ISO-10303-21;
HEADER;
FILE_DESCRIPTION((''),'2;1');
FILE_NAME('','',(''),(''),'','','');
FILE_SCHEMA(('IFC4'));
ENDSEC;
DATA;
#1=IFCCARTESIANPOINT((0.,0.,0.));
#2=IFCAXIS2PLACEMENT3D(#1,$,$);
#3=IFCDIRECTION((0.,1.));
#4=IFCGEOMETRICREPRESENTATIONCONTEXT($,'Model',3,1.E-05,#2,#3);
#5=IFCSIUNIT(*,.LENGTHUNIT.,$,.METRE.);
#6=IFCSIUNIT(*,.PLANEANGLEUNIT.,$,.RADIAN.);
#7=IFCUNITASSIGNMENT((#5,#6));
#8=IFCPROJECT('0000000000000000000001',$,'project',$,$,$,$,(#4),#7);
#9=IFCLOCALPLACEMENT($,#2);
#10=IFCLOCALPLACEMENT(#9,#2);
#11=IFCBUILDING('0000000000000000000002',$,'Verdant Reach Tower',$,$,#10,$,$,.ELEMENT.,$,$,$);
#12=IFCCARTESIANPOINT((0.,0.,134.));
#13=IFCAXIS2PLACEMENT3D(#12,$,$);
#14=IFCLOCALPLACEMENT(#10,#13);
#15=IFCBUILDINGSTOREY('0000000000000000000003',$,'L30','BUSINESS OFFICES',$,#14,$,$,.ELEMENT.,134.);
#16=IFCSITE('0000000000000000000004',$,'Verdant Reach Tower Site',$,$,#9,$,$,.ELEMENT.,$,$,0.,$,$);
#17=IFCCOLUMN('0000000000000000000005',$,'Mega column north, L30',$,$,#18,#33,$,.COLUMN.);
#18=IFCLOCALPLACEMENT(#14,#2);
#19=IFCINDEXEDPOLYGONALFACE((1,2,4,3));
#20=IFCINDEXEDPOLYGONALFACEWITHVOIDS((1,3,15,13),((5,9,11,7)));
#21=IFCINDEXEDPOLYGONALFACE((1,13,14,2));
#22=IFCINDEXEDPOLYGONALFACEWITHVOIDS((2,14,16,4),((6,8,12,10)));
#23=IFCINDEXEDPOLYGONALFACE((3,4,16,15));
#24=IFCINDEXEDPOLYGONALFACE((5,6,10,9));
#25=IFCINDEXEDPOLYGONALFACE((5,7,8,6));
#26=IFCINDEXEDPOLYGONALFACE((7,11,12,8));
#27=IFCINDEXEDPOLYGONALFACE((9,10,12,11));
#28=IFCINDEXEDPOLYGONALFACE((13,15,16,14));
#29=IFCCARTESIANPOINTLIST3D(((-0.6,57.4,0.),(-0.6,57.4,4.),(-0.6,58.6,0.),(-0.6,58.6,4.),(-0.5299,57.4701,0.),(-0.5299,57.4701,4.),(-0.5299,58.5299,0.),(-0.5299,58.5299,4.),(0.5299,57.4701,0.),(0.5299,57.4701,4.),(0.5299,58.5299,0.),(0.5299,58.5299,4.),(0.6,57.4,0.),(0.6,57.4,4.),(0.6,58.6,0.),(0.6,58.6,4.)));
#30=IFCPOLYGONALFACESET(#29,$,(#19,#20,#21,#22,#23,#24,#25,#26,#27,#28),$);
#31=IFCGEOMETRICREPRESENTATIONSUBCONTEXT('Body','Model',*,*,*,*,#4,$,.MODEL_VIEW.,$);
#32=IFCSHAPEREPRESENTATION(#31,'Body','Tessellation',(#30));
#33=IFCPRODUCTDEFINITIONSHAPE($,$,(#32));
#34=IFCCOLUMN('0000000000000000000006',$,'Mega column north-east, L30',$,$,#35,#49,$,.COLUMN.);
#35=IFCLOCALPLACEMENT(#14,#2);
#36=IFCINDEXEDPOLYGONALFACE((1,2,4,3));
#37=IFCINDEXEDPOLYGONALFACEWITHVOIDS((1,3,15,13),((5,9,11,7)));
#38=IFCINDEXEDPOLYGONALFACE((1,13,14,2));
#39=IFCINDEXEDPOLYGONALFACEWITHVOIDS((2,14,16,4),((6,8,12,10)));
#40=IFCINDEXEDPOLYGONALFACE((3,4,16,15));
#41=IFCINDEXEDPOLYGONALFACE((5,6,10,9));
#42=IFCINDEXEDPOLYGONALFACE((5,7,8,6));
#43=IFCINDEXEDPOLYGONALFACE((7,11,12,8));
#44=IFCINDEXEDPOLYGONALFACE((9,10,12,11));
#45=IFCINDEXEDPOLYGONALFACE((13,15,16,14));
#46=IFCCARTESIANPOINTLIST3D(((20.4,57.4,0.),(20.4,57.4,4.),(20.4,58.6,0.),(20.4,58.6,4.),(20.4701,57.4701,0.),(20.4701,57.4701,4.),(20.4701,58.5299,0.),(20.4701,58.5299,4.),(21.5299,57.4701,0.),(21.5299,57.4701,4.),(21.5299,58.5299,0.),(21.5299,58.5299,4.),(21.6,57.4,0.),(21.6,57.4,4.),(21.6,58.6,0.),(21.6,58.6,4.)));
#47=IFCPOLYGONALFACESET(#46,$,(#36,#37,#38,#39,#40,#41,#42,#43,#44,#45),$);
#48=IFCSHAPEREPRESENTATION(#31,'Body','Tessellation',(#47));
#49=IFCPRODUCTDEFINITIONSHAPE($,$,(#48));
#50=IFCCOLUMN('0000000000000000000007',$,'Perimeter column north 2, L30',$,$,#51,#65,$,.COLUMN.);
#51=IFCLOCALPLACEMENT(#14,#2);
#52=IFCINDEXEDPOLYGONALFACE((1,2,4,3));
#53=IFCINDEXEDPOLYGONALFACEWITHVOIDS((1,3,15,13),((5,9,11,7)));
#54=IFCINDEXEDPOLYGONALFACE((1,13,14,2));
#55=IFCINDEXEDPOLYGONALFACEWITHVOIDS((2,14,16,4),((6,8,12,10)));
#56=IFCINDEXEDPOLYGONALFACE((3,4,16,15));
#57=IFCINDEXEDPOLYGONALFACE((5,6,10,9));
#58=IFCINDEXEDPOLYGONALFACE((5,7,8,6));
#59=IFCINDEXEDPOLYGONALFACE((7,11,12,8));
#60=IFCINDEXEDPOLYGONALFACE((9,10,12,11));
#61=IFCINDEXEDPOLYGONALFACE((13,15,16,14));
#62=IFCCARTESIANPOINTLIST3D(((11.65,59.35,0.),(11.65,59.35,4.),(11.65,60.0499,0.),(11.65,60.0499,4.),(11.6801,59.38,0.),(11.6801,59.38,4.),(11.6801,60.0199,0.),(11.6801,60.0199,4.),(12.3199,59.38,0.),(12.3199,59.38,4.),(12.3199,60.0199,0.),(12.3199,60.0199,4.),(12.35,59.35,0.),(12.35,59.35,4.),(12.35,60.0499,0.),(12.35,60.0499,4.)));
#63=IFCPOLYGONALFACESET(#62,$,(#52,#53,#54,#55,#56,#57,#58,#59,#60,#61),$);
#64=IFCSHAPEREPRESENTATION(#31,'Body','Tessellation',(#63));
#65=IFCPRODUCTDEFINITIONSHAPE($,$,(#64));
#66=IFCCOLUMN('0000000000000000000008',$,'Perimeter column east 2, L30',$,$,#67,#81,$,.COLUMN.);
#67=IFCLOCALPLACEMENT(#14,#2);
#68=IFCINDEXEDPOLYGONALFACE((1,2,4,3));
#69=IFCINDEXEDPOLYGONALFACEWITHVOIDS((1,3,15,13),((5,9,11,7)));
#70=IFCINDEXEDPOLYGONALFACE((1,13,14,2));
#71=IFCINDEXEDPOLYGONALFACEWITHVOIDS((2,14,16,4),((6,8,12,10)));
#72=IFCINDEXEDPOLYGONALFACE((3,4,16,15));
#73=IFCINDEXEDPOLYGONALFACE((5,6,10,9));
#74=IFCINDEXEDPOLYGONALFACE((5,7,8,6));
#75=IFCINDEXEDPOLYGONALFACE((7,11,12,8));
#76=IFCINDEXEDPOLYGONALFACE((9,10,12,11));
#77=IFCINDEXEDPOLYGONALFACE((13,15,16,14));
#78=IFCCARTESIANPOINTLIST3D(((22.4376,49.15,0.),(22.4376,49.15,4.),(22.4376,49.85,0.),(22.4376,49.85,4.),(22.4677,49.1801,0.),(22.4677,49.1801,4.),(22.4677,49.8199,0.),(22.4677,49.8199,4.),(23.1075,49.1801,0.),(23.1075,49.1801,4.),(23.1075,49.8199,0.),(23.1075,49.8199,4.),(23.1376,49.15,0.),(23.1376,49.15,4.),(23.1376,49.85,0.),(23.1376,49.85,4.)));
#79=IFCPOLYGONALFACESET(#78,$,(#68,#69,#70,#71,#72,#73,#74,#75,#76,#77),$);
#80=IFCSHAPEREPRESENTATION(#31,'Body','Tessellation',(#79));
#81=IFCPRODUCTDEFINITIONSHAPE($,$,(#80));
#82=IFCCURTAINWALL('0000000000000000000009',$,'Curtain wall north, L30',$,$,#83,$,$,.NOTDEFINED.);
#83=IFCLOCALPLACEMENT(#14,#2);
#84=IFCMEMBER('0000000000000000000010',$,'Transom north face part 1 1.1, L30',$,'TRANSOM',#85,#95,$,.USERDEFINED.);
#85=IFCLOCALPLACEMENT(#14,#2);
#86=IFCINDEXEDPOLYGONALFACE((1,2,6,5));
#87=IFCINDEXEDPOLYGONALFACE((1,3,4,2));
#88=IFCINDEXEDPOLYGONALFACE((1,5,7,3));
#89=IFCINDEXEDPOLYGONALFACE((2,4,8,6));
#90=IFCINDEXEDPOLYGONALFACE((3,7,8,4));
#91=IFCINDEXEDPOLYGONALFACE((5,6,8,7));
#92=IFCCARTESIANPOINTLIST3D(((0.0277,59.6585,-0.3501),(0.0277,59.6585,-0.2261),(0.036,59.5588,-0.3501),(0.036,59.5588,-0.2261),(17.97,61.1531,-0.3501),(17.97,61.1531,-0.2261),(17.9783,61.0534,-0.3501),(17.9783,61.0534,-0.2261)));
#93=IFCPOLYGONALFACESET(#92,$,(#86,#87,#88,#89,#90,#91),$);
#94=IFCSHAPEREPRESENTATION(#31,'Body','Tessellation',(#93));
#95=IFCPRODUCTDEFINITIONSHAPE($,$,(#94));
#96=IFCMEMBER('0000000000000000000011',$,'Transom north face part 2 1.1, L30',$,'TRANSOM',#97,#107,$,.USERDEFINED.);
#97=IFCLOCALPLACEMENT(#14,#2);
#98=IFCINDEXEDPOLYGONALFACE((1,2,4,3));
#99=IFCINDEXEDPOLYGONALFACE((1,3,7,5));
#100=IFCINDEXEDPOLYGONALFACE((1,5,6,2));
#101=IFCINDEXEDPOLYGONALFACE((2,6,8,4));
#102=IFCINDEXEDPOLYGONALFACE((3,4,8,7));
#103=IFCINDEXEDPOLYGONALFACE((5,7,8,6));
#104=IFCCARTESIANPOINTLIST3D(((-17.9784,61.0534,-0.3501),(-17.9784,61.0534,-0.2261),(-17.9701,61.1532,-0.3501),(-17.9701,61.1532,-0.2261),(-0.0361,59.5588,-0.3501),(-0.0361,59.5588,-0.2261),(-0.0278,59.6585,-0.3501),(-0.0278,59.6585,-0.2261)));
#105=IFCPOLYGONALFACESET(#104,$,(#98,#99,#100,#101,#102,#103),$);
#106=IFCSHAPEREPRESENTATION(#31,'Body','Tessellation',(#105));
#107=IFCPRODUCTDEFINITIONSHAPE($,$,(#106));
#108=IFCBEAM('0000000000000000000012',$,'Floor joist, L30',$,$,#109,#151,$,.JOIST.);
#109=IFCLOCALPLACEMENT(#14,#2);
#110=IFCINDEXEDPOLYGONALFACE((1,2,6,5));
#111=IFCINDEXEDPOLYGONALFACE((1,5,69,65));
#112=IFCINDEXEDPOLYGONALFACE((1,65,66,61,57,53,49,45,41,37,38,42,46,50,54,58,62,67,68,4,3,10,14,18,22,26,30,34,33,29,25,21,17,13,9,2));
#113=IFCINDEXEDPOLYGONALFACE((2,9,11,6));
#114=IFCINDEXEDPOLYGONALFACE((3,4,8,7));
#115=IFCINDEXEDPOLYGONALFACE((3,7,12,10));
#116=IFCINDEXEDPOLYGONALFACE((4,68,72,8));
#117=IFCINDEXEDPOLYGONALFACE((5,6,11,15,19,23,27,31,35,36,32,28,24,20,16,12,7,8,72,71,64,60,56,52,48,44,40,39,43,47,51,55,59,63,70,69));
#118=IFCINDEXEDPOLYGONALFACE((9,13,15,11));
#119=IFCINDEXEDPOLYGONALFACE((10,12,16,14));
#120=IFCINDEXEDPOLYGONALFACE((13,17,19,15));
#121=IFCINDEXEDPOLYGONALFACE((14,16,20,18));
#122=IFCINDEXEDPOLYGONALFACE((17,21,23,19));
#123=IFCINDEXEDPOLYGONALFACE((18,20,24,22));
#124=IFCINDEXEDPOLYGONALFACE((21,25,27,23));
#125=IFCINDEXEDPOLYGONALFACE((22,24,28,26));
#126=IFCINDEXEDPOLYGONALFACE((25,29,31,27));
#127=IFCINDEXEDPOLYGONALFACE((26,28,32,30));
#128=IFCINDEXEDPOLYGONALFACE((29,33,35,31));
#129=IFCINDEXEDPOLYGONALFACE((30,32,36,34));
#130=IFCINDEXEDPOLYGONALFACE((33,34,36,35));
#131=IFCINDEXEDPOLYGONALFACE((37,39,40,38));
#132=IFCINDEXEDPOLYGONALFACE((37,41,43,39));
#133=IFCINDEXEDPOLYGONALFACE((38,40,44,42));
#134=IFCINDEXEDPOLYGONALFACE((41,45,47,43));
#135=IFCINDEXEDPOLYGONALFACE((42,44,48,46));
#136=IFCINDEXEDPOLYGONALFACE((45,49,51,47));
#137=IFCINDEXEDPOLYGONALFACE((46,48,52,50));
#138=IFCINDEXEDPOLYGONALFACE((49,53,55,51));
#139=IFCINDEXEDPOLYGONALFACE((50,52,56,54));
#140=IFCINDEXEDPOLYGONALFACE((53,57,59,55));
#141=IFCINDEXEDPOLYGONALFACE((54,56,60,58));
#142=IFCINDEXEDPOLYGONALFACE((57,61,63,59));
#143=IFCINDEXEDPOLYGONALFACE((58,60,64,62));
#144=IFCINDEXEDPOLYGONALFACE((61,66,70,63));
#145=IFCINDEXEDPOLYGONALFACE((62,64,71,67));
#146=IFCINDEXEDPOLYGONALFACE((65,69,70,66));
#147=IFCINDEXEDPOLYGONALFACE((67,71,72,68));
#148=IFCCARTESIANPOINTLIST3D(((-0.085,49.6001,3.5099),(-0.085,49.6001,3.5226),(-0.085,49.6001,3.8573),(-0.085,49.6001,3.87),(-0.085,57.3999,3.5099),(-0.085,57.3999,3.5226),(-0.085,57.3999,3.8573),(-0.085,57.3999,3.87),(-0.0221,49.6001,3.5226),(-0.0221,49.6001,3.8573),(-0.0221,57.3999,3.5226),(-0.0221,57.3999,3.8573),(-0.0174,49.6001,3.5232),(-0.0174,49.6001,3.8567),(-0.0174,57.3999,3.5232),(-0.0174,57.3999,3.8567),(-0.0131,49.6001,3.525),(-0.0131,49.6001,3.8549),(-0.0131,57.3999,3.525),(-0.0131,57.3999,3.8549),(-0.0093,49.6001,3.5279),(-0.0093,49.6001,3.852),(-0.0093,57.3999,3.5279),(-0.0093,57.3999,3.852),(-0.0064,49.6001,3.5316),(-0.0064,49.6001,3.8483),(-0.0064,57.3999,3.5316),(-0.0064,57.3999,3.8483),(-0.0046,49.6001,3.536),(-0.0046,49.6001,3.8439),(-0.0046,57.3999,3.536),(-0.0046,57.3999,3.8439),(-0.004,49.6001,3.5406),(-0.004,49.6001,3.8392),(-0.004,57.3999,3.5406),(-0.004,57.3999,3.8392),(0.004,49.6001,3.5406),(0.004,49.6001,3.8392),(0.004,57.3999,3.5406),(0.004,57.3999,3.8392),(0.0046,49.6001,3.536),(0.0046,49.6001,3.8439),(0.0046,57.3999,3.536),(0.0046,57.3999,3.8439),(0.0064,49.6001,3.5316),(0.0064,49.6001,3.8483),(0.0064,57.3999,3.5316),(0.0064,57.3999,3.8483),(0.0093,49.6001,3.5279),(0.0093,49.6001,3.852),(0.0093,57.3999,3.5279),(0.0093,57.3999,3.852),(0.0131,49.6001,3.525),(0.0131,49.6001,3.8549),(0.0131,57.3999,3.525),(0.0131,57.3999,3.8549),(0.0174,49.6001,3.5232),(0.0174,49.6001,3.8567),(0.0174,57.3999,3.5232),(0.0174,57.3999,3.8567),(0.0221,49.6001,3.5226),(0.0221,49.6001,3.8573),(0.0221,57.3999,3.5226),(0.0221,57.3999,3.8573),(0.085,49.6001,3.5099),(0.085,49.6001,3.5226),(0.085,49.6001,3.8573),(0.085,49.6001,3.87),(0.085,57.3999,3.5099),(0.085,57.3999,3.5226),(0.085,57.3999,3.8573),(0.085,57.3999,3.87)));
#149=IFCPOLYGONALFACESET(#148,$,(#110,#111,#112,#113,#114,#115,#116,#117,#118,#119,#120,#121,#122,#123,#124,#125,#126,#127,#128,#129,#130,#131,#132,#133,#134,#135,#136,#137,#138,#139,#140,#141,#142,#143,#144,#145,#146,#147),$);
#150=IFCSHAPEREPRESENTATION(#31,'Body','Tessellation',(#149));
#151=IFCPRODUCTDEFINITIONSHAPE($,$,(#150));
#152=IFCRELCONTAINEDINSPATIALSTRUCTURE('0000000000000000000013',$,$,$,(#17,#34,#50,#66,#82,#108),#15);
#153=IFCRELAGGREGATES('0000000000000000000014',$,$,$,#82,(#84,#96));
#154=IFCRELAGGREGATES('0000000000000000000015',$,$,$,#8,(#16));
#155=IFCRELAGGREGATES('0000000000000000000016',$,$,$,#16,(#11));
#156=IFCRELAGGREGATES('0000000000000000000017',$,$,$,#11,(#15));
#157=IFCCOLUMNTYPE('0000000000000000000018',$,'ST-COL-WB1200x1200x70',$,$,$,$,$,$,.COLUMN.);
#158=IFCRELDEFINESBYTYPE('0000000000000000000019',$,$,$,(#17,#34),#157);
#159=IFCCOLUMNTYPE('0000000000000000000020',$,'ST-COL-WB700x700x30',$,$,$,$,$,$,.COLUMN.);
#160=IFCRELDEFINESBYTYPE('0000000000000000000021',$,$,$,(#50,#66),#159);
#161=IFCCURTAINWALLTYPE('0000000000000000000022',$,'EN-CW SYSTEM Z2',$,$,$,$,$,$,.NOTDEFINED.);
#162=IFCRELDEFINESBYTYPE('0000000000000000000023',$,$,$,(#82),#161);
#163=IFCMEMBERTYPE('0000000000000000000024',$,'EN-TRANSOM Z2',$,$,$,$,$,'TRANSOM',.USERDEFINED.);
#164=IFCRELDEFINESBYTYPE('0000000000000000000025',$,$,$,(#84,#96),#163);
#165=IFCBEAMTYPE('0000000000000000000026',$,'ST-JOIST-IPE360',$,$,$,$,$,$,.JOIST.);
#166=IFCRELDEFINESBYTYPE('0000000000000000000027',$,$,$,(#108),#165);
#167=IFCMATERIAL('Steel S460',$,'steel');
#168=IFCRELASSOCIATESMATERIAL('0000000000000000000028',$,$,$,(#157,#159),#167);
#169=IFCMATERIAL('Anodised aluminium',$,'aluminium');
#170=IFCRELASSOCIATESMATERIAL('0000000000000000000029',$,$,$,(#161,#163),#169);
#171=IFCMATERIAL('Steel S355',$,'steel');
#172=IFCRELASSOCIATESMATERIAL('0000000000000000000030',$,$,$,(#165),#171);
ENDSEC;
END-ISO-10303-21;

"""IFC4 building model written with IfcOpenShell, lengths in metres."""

from ifc_helpers import new_model, si_unit, direction, frame, origin, origin_2d, place, context, subcontext, project, spatial, rectangle, hollow_rectangle, i_section, extrude, material, material_profile, profile_set, type_object, element, aggregate, save


model = new_model("IFC4")

# Units and contexts
model_context = context("Model", 3, precision=1e-05, world=origin(), true_north=direction((0.0, 1.0)))
body_context = subcontext(model_context, "Body", "Model", "MODEL_VIEW")
ifc_project = project(units=[si_unit("LENGTHUNIT", "METRE"), si_unit("PLANEANGLEUNIT", "RADIAN")], contexts=[model_context])

# Site, building, storey
site_placement = place(None, origin())
site = spatial("IfcSite", under=ifc_project, at=site_placement, Name="Verdant Reach Tower Site", CompositionType="ELEMENT", RefElevation=0.0)
building_placement = place(site_placement, origin())
building = spatial("IfcBuilding", under=site, at=building_placement, Name="Verdant Reach Tower", CompositionType="ELEMENT")
storey_placement = place(building_placement, frame((0.0, 0.0, 134.0)))
storey = spatial("IfcBuildingStorey", under=building, at=storey_placement, Name="L30", Description="BUSINESS OFFICES", CompositionType="ELEMENT", Elevation=134.0)

# Columns
ifc_material_1 = material(Name="Steel S460", Category="steel")
ifc_material_profile_1 = material_profile(ifc_material_1, hollow_rectangle(XDim=1.2, YDim=1.2, WallThickness=0.0701, at=origin_2d()), Name="WB 1200x1200x70")
ifc_profile_set_1 = profile_set([ifc_material_profile_1], Name="Steel S460")
column_type_1 = type_object("IfcColumnType", Name="ST-COL-WB1200x1200x70", PredefinedType="COLUMN", material=ifc_profile_set_1)
for number, where, z_axis, x_axis, name in (
    (1, (0.0, 58.0, 0.0), (0.0, 0.0, 1.0), (1.0, 0.0, 0.0), "Mega column north, L30"),
    (2, (21.0, 58.0, 0.0), (0.0, 0.0, 1.0), (1.0, 0.0, 0.0), "Mega column north-east, L30"),
):
    element("IfcColumn", number, at=place(storey_placement, frame(where, z_axis=z_axis, x_axis=x_axis)), inside=storey, type_object=column_type_1, Name=name, PredefinedType="COLUMN", context=body_context, shape_type="SweptSolid", body=[
        extrude(hollow_rectangle(XDim=1.2, YDim=1.2, WallThickness=0.0701, at=origin_2d()), origin(), (0.0, 0.0, 1.0), 4.0),
    ])
ifc_material_profile_2 = material_profile(ifc_material_1, hollow_rectangle(XDim=0.7, YDim=0.7, WallThickness=0.03, at=origin_2d()), Name="WB 700x700x30")
ifc_profile_set_2 = profile_set([ifc_material_profile_2], Name="Steel S460")
column_type_2 = type_object("IfcColumnType", Name="ST-COL-WB700x700x30", PredefinedType="COLUMN", material=ifc_profile_set_2)
for number, where, z_axis, x_axis, name in (
    (3, (12.0, 59.7, 0.0), (0.0, 0.0, 1.0), (1.0, 0.0, 0.0), "Perimeter column north 2, L30"),
    (4, (22.7876, 49.5, 0.0), (0.0, 0.0, 1.0), (1.0, 0.0, 0.0), "Perimeter column east 2, L30"),
):
    element("IfcColumn", number, at=place(storey_placement, frame(where, z_axis=z_axis, x_axis=x_axis)), inside=storey, type_object=column_type_2, Name=name, PredefinedType="COLUMN", context=body_context, shape_type="SweptSolid", body=[
        extrude(hollow_rectangle(XDim=0.7, YDim=0.7, WallThickness=0.03, at=origin_2d()), origin(), (0.0, 0.0, 1.0), 4.0),
    ])

# Curtain wall, members
ifc_material_2 = material(Name="Anodised aluminium", Category="aluminium")
curtain_wall_type = type_object("IfcCurtainWallType", Name="EN-CW SYSTEM Z2", PredefinedType="NOTDEFINED", material=ifc_material_2)
curtain_wall_1_placement = place(storey_placement, origin())
curtain_wall_1 = element("IfcCurtainWall", 5, at=curtain_wall_1_placement, inside=storey, type_object=curtain_wall_type, Name="Curtain wall north, L30", PredefinedType="NOTDEFINED")
ifc_material_profile_3 = material_profile(ifc_material_2, rectangle(XDim=0.1001, YDim=0.124, at=origin_2d()), Name="Transom 124x100")
ifc_profile_set_3 = profile_set([ifc_material_profile_3], Name="Anodised aluminium")
member_type = type_object("IfcMemberType", Name="EN-TRANSOM Z2", ElementType="TRANSOM", PredefinedType="USERDEFINED", material=ifc_profile_set_3)
member_1_placement = place(storey_placement, frame((17.9741, 61.1033, -0.2881), z_axis=(-0.996548, -0.083015, 0.0), x_axis=(0.083015, -0.996548, 0.0)))
member_1 = element("IfcMember", 6, at=member_1_placement, type_object=member_type, Name="Transom north face part 1 1.1, L30", ObjectType="TRANSOM", PredefinedType="USERDEFINED", context=body_context, shape_type="SweptSolid", body=[
    extrude(rectangle(XDim=0.1001, YDim=0.124, at=origin_2d()), origin(), (0.0, 0.0, 1.0), 18.0044),
])
member_2_placement = place(storey_placement, frame((-0.032, 59.6086, -0.2881), z_axis=(-0.996548, 0.083015, 0.0), x_axis=(-0.083015, -0.996548, 0.0)))
member_2 = element("IfcMember", 7, at=member_2_placement, type_object=member_type, Name="Transom north face part 2 1.1, L30", ObjectType="TRANSOM", PredefinedType="USERDEFINED", context=body_context, shape_type="SweptSolid", body=[
    extrude(rectangle(XDim=0.1001, YDim=0.124, at=origin_2d()), origin(), (0.0, 0.0, 1.0), 18.0044),
])

# Beam
ifc_material_3 = material(Name="Steel S355", Category="steel")
ifc_material_profile_4 = material_profile(ifc_material_3, i_section(OverallWidth=0.1699, OverallDepth=0.3601, WebThickness=0.0081, FlangeThickness=0.0127, FilletRadius=0.0181, at=origin_2d()), Name="IPE 360")
ifc_profile_set_4 = profile_set([ifc_material_profile_4], Name="Steel S355")
beam_type_1 = type_object("IfcBeamType", Name="ST-JOIST-IPE360", PredefinedType="JOIST", material=ifc_profile_set_4)
beam_1_placement = place(storey_placement, frame((0.0, 49.6001, 3.6899), z_axis=(0.0, 1.0, 0.0), x_axis=(-1.0, 0.0, 0.0)))
element("IfcBeam", 8, at=beam_1_placement, inside=storey, type_object=beam_type_1, Name="Floor joist, L30", PredefinedType="JOIST", context=body_context, shape_type="SweptSolid", body=[
    extrude(i_section(OverallWidth=0.1699, OverallDepth=0.3601, WebThickness=0.0081, FlangeThickness=0.0127, FilletRadius=0.0181, at=origin_2d()), origin(), (0.0, 0.0, 1.0), 7.7998),
])

aggregate(curtain_wall_1, [member_1, member_2])

save(model, "model.ifc")
